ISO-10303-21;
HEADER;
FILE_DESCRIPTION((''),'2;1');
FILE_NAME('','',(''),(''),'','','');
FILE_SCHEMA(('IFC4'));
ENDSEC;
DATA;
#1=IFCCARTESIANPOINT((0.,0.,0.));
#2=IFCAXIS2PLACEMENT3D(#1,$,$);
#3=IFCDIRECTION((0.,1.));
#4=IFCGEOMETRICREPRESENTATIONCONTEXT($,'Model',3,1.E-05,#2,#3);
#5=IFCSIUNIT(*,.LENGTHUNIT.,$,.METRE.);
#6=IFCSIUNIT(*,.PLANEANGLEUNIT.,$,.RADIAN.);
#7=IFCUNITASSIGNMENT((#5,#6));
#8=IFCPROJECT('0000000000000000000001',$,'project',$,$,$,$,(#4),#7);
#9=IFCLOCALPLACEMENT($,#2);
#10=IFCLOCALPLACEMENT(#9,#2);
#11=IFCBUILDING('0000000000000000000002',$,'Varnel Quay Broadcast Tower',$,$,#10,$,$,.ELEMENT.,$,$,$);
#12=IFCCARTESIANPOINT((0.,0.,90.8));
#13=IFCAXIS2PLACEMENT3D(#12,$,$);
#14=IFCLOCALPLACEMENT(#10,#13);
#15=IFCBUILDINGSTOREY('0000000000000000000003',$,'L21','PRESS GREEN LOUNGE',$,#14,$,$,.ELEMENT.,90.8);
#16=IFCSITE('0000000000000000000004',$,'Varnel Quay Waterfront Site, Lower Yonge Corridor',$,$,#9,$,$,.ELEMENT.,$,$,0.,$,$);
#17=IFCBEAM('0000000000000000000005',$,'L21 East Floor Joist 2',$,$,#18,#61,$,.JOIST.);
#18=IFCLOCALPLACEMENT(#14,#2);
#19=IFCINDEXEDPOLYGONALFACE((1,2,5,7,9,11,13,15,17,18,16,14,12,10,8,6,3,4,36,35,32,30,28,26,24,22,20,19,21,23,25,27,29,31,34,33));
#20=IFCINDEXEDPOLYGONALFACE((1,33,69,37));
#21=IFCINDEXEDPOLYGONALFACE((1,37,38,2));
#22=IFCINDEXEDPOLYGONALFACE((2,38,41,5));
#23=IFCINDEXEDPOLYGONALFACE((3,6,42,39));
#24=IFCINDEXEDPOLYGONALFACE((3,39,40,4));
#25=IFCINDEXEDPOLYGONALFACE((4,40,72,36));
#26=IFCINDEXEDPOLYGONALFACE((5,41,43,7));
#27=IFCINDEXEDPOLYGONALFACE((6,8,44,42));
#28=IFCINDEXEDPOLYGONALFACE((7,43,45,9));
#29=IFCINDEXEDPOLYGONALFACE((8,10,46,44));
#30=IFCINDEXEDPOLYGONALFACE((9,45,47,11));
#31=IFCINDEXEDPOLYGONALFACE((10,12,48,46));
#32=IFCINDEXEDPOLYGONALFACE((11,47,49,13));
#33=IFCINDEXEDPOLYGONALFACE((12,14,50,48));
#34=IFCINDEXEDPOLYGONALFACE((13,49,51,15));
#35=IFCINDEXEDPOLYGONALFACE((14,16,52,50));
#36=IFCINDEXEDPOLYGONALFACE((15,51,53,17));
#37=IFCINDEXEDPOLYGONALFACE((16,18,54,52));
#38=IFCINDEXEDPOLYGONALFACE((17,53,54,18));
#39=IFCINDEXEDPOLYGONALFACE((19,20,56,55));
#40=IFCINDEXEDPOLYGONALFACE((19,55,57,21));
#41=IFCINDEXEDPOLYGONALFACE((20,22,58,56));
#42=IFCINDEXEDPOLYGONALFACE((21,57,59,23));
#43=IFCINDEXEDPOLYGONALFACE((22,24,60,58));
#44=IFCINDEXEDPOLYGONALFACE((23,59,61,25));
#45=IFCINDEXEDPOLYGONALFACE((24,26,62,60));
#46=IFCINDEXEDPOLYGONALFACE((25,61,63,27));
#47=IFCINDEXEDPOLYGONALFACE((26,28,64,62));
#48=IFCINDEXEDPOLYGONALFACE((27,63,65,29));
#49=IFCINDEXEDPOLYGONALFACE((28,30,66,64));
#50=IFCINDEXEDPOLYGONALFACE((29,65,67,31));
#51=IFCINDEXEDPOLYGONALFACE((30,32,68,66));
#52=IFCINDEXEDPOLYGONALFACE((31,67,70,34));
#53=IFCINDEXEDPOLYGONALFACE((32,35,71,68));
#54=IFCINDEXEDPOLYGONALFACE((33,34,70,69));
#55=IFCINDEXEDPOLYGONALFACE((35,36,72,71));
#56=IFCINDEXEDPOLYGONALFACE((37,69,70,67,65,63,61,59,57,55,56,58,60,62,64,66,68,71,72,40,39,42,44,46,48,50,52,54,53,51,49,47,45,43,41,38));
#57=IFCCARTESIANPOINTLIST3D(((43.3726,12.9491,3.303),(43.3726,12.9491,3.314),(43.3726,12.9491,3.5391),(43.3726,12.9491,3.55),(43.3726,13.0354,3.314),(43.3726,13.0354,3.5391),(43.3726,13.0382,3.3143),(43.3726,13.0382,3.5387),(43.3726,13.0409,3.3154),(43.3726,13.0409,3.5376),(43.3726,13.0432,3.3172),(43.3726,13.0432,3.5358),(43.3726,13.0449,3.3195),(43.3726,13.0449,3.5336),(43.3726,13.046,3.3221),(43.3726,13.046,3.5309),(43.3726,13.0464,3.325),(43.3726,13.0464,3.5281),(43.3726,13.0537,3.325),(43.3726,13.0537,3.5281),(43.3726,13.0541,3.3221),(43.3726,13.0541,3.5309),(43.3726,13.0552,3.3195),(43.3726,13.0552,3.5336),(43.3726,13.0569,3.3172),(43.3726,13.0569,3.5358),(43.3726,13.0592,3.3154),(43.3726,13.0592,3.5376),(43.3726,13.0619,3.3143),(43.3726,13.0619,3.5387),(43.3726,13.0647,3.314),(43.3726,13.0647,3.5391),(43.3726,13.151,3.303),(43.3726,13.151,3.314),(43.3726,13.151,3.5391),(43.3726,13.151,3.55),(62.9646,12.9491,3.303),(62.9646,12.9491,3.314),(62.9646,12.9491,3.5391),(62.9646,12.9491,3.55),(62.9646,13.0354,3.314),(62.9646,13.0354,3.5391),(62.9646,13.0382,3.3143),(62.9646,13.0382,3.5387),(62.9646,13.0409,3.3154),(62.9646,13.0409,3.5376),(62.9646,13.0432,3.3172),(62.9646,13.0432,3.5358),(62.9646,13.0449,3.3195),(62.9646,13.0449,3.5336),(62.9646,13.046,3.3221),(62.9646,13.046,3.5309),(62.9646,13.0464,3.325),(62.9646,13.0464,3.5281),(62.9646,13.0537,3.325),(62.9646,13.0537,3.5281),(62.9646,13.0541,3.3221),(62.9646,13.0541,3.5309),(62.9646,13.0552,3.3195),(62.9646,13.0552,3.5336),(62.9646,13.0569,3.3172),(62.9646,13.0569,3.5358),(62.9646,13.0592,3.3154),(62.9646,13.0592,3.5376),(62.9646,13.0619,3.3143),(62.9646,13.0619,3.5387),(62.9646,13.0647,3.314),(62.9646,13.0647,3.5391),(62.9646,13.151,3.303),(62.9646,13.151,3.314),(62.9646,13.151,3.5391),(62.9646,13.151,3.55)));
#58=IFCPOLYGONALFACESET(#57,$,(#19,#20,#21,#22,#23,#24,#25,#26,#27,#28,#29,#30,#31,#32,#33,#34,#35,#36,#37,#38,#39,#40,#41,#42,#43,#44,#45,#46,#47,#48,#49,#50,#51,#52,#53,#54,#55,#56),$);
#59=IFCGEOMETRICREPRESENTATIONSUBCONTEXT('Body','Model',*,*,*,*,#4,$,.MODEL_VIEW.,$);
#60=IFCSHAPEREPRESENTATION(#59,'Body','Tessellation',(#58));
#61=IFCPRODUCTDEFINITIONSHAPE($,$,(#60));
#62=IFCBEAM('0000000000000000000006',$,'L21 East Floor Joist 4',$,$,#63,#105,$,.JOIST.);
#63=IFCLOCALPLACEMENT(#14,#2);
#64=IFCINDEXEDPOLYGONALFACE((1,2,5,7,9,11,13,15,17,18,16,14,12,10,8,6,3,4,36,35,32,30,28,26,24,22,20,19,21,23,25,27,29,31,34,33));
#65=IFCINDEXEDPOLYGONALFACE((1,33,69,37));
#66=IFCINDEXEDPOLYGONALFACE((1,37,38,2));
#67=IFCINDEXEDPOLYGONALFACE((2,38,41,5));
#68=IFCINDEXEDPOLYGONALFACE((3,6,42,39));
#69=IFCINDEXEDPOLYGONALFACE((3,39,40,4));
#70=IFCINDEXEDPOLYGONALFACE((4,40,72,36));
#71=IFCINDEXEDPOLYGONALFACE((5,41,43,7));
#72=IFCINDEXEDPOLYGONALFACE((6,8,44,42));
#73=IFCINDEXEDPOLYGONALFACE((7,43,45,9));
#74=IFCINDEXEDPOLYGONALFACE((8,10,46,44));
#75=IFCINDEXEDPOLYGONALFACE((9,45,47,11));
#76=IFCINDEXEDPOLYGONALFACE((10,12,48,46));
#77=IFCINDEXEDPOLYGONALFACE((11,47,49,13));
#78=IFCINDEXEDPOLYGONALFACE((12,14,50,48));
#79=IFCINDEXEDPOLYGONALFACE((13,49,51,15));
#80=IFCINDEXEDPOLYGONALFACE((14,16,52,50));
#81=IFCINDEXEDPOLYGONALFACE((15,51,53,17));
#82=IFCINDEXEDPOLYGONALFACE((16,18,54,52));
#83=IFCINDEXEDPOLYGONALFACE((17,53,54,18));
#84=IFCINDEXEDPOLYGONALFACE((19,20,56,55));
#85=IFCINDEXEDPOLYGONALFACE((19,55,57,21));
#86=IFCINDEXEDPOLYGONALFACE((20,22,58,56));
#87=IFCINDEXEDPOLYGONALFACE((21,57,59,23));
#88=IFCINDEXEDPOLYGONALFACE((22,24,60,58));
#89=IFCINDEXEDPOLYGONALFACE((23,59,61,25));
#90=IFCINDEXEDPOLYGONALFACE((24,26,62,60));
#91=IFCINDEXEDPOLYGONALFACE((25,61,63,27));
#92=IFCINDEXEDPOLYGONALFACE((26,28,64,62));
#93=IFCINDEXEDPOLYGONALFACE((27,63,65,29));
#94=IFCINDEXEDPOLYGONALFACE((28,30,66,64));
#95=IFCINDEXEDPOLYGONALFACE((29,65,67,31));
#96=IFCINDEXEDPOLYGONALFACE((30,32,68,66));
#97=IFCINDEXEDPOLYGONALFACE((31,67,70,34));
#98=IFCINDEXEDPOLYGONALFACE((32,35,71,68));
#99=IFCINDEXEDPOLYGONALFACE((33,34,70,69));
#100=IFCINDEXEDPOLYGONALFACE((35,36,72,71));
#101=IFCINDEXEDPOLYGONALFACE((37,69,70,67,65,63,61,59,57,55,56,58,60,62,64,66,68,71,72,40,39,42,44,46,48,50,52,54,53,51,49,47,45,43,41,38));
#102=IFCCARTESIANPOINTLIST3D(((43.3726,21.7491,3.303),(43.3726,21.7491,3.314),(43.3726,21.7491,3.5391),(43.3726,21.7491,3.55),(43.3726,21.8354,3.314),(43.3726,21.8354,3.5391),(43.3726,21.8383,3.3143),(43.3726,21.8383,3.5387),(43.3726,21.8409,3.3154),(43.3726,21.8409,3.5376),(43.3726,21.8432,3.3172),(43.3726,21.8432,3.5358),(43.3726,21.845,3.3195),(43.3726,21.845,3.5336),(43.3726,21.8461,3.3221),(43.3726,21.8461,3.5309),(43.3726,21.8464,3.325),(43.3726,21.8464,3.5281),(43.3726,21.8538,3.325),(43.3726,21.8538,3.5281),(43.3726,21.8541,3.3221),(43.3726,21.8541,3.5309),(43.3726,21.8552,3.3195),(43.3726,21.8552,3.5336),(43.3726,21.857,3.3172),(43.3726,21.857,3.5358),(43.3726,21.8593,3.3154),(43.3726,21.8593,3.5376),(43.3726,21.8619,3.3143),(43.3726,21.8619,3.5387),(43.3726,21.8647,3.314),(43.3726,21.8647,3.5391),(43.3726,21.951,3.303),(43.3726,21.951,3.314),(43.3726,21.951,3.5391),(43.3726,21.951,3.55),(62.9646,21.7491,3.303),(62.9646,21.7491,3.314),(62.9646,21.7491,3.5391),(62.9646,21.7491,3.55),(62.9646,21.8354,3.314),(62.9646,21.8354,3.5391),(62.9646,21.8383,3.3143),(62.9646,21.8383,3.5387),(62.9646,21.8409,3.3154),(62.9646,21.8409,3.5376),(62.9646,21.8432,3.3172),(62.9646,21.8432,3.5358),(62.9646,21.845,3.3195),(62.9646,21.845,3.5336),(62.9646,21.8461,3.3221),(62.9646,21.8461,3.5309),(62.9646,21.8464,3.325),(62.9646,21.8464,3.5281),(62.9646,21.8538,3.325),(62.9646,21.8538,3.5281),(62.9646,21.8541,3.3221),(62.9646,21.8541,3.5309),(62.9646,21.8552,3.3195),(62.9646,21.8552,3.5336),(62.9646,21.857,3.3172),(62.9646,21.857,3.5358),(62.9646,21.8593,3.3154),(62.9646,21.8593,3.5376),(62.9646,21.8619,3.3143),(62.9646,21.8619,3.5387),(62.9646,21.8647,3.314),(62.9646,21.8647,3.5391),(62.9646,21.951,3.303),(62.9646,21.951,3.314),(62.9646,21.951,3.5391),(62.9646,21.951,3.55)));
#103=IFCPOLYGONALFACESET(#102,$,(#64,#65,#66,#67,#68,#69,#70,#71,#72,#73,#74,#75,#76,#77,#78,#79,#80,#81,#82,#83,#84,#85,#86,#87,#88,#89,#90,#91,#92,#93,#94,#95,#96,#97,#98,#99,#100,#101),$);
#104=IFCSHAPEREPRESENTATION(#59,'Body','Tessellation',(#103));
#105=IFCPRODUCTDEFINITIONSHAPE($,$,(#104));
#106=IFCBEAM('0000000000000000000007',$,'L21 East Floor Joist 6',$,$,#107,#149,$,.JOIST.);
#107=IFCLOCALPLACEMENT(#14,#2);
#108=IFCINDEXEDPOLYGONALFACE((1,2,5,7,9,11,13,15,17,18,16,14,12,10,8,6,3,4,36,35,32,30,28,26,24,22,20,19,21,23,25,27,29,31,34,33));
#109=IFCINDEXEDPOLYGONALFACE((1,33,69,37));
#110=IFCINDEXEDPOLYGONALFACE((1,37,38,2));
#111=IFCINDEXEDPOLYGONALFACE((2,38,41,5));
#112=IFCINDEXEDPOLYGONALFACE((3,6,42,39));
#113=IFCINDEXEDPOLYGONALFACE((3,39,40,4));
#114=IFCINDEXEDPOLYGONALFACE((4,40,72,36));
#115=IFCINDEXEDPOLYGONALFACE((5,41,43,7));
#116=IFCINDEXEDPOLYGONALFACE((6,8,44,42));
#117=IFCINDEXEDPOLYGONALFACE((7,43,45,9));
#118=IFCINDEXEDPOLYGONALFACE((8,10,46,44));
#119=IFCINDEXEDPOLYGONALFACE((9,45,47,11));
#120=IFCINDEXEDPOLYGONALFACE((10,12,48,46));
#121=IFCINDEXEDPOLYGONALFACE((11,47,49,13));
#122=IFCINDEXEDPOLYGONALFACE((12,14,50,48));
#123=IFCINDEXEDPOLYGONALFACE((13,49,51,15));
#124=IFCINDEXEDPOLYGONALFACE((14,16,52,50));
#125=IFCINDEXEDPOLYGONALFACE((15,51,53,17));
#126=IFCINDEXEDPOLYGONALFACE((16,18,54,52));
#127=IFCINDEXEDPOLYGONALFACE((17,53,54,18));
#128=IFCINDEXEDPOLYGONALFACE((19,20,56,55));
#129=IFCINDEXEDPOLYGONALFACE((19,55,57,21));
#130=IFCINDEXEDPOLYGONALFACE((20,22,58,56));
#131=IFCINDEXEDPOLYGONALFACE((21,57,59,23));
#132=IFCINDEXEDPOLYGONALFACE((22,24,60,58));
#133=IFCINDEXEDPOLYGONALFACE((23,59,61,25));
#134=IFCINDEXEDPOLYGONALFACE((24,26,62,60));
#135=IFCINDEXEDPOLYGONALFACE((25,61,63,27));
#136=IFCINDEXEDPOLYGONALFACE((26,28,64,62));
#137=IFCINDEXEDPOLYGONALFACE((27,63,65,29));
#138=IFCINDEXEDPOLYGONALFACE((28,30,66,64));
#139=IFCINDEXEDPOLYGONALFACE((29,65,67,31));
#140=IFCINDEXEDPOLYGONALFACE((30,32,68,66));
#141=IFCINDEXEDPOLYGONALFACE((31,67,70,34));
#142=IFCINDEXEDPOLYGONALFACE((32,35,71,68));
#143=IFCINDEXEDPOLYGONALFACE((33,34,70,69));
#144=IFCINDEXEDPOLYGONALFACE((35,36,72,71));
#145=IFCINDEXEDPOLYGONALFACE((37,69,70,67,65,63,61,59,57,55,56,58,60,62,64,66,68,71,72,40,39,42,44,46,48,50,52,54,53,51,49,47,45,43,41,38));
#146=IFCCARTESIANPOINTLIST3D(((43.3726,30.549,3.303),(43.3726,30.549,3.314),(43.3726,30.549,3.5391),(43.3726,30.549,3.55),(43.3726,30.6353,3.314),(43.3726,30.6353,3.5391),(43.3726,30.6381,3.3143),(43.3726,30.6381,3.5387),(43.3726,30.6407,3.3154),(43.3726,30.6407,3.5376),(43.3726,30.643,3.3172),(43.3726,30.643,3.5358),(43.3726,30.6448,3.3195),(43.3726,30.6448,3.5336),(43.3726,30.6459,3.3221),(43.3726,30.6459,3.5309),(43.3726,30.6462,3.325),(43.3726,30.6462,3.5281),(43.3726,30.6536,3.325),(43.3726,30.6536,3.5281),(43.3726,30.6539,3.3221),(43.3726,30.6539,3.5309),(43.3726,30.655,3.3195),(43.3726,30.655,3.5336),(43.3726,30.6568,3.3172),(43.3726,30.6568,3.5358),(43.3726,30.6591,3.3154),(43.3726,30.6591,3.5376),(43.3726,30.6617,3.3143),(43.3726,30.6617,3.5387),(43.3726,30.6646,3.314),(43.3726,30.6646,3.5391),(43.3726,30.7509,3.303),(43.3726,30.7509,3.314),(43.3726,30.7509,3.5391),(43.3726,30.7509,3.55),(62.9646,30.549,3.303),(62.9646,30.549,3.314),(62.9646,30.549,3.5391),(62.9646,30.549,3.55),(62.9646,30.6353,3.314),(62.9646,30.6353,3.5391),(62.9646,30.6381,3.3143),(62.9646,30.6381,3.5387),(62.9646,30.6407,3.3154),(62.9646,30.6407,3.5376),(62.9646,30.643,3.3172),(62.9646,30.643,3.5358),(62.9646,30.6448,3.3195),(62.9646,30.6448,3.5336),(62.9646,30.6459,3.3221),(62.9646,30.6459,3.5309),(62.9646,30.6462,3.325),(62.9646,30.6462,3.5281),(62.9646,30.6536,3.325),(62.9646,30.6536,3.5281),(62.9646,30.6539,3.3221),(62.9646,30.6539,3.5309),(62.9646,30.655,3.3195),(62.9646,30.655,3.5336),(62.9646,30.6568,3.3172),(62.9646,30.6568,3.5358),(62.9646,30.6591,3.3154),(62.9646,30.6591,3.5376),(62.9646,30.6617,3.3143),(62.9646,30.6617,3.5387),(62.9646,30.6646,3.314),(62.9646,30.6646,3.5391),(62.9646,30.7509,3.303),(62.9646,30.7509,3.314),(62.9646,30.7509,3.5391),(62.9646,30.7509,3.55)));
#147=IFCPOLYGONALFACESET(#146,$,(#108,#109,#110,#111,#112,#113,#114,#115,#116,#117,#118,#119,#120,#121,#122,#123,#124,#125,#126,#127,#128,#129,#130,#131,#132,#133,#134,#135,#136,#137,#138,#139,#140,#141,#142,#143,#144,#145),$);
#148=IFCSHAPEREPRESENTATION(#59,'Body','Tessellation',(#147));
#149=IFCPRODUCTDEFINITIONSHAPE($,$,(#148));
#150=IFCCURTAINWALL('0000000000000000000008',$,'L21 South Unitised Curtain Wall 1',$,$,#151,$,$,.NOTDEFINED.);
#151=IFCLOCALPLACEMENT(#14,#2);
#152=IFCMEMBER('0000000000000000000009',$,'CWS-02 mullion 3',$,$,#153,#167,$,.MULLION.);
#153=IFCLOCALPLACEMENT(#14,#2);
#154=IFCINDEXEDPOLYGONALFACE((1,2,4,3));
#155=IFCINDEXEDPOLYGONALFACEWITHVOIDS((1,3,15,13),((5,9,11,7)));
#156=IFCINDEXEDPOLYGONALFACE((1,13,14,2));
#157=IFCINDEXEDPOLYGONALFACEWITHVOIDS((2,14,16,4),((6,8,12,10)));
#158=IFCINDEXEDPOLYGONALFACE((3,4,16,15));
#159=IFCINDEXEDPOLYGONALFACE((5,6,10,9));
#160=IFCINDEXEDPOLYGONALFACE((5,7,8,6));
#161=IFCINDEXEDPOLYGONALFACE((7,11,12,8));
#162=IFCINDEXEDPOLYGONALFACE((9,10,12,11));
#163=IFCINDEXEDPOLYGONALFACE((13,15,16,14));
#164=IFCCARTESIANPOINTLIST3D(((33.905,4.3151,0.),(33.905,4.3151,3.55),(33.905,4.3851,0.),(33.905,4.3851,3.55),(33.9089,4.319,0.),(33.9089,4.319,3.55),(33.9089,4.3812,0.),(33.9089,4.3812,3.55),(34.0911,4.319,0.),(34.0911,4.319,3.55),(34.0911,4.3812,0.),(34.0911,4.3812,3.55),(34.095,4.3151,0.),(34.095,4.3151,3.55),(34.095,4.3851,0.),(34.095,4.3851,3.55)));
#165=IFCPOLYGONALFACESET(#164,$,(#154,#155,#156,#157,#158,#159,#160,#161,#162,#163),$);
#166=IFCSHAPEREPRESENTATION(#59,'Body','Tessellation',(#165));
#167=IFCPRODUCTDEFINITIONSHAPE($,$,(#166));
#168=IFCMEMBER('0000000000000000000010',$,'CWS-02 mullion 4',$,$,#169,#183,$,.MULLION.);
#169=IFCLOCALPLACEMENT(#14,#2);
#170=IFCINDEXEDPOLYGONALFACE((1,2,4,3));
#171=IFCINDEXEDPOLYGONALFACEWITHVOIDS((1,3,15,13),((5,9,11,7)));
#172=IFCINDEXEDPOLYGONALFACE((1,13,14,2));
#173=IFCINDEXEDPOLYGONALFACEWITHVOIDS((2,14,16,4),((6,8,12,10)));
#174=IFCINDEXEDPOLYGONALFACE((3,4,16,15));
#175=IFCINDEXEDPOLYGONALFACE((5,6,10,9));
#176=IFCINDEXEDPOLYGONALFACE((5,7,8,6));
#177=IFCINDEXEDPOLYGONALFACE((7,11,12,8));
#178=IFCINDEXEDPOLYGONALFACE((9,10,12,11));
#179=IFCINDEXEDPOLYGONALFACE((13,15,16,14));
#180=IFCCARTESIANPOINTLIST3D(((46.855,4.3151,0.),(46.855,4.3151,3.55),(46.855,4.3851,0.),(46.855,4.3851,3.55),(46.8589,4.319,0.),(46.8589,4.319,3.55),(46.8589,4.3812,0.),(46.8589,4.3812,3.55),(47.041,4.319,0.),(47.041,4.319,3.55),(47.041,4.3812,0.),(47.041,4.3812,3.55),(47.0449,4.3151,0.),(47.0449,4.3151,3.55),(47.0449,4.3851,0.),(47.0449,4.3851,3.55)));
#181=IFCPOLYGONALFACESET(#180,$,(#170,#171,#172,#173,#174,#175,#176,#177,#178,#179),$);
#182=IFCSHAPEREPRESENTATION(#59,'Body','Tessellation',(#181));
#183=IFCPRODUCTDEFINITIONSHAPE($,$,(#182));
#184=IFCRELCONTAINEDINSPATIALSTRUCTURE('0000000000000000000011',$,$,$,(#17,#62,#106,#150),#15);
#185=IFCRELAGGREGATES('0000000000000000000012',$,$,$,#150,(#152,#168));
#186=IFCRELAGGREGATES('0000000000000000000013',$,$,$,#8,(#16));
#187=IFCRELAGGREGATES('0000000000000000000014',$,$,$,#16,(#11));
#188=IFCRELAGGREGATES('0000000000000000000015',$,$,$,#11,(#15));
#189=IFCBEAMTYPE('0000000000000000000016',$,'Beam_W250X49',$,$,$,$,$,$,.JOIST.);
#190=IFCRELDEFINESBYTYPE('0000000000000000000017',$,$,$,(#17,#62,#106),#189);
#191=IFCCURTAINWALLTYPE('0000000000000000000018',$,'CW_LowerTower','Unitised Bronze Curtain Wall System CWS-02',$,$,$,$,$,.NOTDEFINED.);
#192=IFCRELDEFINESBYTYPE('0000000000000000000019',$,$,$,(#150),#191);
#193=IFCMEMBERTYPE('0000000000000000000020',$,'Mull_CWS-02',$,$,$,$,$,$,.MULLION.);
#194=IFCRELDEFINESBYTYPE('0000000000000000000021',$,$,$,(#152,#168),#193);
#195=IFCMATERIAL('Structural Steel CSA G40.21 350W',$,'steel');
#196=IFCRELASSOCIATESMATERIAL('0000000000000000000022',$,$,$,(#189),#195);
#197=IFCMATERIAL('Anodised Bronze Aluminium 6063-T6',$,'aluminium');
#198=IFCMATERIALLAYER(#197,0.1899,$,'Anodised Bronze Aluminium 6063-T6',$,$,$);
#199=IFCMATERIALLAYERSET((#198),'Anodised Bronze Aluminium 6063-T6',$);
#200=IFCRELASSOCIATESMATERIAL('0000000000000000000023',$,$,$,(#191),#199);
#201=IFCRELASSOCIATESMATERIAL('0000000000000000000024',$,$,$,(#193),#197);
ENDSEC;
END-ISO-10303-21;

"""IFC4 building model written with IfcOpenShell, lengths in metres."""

from ifc_helpers import new_model, si_unit, direction, frame, origin, origin_2d, place, context, subcontext, project, spatial, hollow_rectangle, i_section, extrude, source, transform, mapped, material, layer, layer_set, material_profile, profile_set, type_object, type_shapes, element, aggregate, save


model = new_model("IFC4")

# Units and contexts
model_context = context("Model", 3, precision=1e-05, world=origin(), true_north=direction((0.0, 1.0)))
body_context = subcontext(model_context, "Body", "Model", "MODEL_VIEW")
ifc_project = project(units=[si_unit("LENGTHUNIT", "METRE"), si_unit("PLANEANGLEUNIT", "RADIAN")], contexts=[model_context])

# Site, building, storey
site_placement = place(None, origin())
site = spatial("IfcSite", under=ifc_project, at=site_placement, Name="Varnel Quay Waterfront Site, Lower Yonge Corridor", CompositionType="ELEMENT", RefElevation=0.0)
building_placement = place(site_placement, origin())
building = spatial("IfcBuilding", under=site, at=building_placement, Name="Varnel Quay Broadcast Tower", CompositionType="ELEMENT")
storey_placement = place(building_placement, frame((0.0, 0.0, 90.8)))
storey = spatial("IfcBuildingStorey", under=building, at=storey_placement, Name="L21", Description="PRESS GREEN LOUNGE", CompositionType="ELEMENT", Elevation=90.8)

# Shared definitions
ifc_material_1 = material(Name="Structural Steel CSA G40.21 350W", Category="steel")

# Beams
ifc_material_profile_1 = material_profile(ifc_material_1, i_section(OverallWidth=0.2019, OverallDepth=0.2471, WebThickness=0.0073, FlangeThickness=0.011, FilletRadius=0.011, at=origin_2d()), Name="W250X49")
ifc_profile_set_1 = profile_set([ifc_material_profile_1], Name="Structural Steel CSA G40.21 350W")
beam_type_1 = type_object("IfcBeamType", Name="Beam_W250X49", PredefinedType="JOIST", material=ifc_profile_set_1)
shared_shape_1 = source(origin(), body_context, "Body", "SweptSolid", [
    extrude(i_section(OverallWidth=0.2019, OverallDepth=0.2471, WebThickness=0.0073, FlangeThickness=0.011, FilletRadius=0.011, at=origin_2d()), origin(), (0.0, 0.0, 1.0), 19.592),
])
type_shapes(beam_type_1, [shared_shape_1])
for number, where, z_axis, x_axis, name in (
    (1, (43.3726, 13.05, 3.4265), (1.0, 0.0, 0.0), (0.0, 1.0, 0.0), "L21 East Floor Joist 2"),
    (2, (43.3726, 21.8501, 3.4265), (1.0, 0.0, 0.0), (0.0, 1.0, 0.0), "L21 East Floor Joist 4"),
    (3, (43.3726, 30.6499, 3.4265), (1.0, 0.0, 0.0), (0.0, 1.0, 0.0), "L21 East Floor Joist 6"),
):
    element("IfcBeam", number, at=place(storey_placement, frame(where, z_axis=z_axis, x_axis=x_axis)), inside=storey, type_object=beam_type_1, Name=name, PredefinedType="JOIST", context=body_context, shape_type="MappedRepresentation", body=[
        mapped(shared_shape_1, transform((0.0, 0.0, 0.0), x_axis=(1.0, 0.0, 0.0), y_axis=(0.0, 1.0, 0.0), z_axis=(0.0, 0.0, 1.0), scale=1.0)),
    ])

# Curtain wall, members
ifc_material_2 = material(Name="Anodised Bronze Aluminium 6063-T6", Category="aluminium")
ifc_layer_1 = layer(ifc_material_2, 0.1899, Name="Anodised Bronze Aluminium 6063-T6")
ifc_layer_set_1 = layer_set([ifc_layer_1], Name="Anodised Bronze Aluminium 6063-T6")
curtain_wall_type = type_object("IfcCurtainWallType", Name="CW_LowerTower", Description="Unitised Bronze Curtain Wall System CWS-02", PredefinedType="NOTDEFINED", material=ifc_layer_set_1)
curtain_wall_placement = place(storey_placement, origin())
curtain_wall = element("IfcCurtainWall", 4, at=curtain_wall_placement, inside=storey, type_object=curtain_wall_type, Name="L21 South Unitised Curtain Wall 1", PredefinedType="NOTDEFINED")
ifc_material_profile_2 = material_profile(ifc_material_2, hollow_rectangle(XDim=0.0701, YDim=0.1899, WallThickness=0.0039, at=origin_2d()), Name="ALU70X190X4")
ifc_profile_set_2 = profile_set([ifc_material_profile_2], Name="Anodised Bronze Aluminium 6063-T6")
member_type_1 = type_object("IfcMemberType", Name="Mull_CWS-02", PredefinedType="MULLION", material=ifc_profile_set_2)
shared_shape_2 = source(origin(), body_context, "Body", "SweptSolid", [
    extrude(hollow_rectangle(XDim=0.0701, YDim=0.1899, WallThickness=0.0039, at=origin_2d()), origin(), (0.0, 0.0, 1.0), 3.55),
])
type_shapes(member_type_1, [shared_shape_2])
member_1_placement = place(storey_placement, frame((34.0, 4.3501, 0.0), z_axis=(0.0, 0.0, 1.0), x_axis=(0.0, 1.0, 0.0)))
member_1 = element("IfcMember", 5, at=member_1_placement, type_object=member_type_1, Name="CWS-02 mullion 3", PredefinedType="MULLION", context=body_context, shape_type="MappedRepresentation", body=[
    mapped(shared_shape_2, transform((0.0, 0.0, 0.0), x_axis=(1.0, 0.0, 0.0), y_axis=(0.0, 1.0, 0.0), z_axis=(0.0, 0.0, 1.0), scale=1.0)),
])
member_2_placement = place(storey_placement, frame((46.95, 4.3501, 0.0), z_axis=(0.0, 0.0, 1.0), x_axis=(0.0, 1.0, 0.0)))
member_2 = element("IfcMember", 6, at=member_2_placement, type_object=member_type_1, Name="CWS-02 mullion 4", PredefinedType="MULLION", context=body_context, shape_type="MappedRepresentation", body=[
    mapped(shared_shape_2, transform((0.0, 0.0, 0.0), x_axis=(1.0, 0.0, 0.0), y_axis=(0.0, 1.0, 0.0), z_axis=(0.0, 0.0, 1.0), scale=1.0)),
])

aggregate(curtain_wall, [member_1, member_2])

save(model, "model.ifc")
